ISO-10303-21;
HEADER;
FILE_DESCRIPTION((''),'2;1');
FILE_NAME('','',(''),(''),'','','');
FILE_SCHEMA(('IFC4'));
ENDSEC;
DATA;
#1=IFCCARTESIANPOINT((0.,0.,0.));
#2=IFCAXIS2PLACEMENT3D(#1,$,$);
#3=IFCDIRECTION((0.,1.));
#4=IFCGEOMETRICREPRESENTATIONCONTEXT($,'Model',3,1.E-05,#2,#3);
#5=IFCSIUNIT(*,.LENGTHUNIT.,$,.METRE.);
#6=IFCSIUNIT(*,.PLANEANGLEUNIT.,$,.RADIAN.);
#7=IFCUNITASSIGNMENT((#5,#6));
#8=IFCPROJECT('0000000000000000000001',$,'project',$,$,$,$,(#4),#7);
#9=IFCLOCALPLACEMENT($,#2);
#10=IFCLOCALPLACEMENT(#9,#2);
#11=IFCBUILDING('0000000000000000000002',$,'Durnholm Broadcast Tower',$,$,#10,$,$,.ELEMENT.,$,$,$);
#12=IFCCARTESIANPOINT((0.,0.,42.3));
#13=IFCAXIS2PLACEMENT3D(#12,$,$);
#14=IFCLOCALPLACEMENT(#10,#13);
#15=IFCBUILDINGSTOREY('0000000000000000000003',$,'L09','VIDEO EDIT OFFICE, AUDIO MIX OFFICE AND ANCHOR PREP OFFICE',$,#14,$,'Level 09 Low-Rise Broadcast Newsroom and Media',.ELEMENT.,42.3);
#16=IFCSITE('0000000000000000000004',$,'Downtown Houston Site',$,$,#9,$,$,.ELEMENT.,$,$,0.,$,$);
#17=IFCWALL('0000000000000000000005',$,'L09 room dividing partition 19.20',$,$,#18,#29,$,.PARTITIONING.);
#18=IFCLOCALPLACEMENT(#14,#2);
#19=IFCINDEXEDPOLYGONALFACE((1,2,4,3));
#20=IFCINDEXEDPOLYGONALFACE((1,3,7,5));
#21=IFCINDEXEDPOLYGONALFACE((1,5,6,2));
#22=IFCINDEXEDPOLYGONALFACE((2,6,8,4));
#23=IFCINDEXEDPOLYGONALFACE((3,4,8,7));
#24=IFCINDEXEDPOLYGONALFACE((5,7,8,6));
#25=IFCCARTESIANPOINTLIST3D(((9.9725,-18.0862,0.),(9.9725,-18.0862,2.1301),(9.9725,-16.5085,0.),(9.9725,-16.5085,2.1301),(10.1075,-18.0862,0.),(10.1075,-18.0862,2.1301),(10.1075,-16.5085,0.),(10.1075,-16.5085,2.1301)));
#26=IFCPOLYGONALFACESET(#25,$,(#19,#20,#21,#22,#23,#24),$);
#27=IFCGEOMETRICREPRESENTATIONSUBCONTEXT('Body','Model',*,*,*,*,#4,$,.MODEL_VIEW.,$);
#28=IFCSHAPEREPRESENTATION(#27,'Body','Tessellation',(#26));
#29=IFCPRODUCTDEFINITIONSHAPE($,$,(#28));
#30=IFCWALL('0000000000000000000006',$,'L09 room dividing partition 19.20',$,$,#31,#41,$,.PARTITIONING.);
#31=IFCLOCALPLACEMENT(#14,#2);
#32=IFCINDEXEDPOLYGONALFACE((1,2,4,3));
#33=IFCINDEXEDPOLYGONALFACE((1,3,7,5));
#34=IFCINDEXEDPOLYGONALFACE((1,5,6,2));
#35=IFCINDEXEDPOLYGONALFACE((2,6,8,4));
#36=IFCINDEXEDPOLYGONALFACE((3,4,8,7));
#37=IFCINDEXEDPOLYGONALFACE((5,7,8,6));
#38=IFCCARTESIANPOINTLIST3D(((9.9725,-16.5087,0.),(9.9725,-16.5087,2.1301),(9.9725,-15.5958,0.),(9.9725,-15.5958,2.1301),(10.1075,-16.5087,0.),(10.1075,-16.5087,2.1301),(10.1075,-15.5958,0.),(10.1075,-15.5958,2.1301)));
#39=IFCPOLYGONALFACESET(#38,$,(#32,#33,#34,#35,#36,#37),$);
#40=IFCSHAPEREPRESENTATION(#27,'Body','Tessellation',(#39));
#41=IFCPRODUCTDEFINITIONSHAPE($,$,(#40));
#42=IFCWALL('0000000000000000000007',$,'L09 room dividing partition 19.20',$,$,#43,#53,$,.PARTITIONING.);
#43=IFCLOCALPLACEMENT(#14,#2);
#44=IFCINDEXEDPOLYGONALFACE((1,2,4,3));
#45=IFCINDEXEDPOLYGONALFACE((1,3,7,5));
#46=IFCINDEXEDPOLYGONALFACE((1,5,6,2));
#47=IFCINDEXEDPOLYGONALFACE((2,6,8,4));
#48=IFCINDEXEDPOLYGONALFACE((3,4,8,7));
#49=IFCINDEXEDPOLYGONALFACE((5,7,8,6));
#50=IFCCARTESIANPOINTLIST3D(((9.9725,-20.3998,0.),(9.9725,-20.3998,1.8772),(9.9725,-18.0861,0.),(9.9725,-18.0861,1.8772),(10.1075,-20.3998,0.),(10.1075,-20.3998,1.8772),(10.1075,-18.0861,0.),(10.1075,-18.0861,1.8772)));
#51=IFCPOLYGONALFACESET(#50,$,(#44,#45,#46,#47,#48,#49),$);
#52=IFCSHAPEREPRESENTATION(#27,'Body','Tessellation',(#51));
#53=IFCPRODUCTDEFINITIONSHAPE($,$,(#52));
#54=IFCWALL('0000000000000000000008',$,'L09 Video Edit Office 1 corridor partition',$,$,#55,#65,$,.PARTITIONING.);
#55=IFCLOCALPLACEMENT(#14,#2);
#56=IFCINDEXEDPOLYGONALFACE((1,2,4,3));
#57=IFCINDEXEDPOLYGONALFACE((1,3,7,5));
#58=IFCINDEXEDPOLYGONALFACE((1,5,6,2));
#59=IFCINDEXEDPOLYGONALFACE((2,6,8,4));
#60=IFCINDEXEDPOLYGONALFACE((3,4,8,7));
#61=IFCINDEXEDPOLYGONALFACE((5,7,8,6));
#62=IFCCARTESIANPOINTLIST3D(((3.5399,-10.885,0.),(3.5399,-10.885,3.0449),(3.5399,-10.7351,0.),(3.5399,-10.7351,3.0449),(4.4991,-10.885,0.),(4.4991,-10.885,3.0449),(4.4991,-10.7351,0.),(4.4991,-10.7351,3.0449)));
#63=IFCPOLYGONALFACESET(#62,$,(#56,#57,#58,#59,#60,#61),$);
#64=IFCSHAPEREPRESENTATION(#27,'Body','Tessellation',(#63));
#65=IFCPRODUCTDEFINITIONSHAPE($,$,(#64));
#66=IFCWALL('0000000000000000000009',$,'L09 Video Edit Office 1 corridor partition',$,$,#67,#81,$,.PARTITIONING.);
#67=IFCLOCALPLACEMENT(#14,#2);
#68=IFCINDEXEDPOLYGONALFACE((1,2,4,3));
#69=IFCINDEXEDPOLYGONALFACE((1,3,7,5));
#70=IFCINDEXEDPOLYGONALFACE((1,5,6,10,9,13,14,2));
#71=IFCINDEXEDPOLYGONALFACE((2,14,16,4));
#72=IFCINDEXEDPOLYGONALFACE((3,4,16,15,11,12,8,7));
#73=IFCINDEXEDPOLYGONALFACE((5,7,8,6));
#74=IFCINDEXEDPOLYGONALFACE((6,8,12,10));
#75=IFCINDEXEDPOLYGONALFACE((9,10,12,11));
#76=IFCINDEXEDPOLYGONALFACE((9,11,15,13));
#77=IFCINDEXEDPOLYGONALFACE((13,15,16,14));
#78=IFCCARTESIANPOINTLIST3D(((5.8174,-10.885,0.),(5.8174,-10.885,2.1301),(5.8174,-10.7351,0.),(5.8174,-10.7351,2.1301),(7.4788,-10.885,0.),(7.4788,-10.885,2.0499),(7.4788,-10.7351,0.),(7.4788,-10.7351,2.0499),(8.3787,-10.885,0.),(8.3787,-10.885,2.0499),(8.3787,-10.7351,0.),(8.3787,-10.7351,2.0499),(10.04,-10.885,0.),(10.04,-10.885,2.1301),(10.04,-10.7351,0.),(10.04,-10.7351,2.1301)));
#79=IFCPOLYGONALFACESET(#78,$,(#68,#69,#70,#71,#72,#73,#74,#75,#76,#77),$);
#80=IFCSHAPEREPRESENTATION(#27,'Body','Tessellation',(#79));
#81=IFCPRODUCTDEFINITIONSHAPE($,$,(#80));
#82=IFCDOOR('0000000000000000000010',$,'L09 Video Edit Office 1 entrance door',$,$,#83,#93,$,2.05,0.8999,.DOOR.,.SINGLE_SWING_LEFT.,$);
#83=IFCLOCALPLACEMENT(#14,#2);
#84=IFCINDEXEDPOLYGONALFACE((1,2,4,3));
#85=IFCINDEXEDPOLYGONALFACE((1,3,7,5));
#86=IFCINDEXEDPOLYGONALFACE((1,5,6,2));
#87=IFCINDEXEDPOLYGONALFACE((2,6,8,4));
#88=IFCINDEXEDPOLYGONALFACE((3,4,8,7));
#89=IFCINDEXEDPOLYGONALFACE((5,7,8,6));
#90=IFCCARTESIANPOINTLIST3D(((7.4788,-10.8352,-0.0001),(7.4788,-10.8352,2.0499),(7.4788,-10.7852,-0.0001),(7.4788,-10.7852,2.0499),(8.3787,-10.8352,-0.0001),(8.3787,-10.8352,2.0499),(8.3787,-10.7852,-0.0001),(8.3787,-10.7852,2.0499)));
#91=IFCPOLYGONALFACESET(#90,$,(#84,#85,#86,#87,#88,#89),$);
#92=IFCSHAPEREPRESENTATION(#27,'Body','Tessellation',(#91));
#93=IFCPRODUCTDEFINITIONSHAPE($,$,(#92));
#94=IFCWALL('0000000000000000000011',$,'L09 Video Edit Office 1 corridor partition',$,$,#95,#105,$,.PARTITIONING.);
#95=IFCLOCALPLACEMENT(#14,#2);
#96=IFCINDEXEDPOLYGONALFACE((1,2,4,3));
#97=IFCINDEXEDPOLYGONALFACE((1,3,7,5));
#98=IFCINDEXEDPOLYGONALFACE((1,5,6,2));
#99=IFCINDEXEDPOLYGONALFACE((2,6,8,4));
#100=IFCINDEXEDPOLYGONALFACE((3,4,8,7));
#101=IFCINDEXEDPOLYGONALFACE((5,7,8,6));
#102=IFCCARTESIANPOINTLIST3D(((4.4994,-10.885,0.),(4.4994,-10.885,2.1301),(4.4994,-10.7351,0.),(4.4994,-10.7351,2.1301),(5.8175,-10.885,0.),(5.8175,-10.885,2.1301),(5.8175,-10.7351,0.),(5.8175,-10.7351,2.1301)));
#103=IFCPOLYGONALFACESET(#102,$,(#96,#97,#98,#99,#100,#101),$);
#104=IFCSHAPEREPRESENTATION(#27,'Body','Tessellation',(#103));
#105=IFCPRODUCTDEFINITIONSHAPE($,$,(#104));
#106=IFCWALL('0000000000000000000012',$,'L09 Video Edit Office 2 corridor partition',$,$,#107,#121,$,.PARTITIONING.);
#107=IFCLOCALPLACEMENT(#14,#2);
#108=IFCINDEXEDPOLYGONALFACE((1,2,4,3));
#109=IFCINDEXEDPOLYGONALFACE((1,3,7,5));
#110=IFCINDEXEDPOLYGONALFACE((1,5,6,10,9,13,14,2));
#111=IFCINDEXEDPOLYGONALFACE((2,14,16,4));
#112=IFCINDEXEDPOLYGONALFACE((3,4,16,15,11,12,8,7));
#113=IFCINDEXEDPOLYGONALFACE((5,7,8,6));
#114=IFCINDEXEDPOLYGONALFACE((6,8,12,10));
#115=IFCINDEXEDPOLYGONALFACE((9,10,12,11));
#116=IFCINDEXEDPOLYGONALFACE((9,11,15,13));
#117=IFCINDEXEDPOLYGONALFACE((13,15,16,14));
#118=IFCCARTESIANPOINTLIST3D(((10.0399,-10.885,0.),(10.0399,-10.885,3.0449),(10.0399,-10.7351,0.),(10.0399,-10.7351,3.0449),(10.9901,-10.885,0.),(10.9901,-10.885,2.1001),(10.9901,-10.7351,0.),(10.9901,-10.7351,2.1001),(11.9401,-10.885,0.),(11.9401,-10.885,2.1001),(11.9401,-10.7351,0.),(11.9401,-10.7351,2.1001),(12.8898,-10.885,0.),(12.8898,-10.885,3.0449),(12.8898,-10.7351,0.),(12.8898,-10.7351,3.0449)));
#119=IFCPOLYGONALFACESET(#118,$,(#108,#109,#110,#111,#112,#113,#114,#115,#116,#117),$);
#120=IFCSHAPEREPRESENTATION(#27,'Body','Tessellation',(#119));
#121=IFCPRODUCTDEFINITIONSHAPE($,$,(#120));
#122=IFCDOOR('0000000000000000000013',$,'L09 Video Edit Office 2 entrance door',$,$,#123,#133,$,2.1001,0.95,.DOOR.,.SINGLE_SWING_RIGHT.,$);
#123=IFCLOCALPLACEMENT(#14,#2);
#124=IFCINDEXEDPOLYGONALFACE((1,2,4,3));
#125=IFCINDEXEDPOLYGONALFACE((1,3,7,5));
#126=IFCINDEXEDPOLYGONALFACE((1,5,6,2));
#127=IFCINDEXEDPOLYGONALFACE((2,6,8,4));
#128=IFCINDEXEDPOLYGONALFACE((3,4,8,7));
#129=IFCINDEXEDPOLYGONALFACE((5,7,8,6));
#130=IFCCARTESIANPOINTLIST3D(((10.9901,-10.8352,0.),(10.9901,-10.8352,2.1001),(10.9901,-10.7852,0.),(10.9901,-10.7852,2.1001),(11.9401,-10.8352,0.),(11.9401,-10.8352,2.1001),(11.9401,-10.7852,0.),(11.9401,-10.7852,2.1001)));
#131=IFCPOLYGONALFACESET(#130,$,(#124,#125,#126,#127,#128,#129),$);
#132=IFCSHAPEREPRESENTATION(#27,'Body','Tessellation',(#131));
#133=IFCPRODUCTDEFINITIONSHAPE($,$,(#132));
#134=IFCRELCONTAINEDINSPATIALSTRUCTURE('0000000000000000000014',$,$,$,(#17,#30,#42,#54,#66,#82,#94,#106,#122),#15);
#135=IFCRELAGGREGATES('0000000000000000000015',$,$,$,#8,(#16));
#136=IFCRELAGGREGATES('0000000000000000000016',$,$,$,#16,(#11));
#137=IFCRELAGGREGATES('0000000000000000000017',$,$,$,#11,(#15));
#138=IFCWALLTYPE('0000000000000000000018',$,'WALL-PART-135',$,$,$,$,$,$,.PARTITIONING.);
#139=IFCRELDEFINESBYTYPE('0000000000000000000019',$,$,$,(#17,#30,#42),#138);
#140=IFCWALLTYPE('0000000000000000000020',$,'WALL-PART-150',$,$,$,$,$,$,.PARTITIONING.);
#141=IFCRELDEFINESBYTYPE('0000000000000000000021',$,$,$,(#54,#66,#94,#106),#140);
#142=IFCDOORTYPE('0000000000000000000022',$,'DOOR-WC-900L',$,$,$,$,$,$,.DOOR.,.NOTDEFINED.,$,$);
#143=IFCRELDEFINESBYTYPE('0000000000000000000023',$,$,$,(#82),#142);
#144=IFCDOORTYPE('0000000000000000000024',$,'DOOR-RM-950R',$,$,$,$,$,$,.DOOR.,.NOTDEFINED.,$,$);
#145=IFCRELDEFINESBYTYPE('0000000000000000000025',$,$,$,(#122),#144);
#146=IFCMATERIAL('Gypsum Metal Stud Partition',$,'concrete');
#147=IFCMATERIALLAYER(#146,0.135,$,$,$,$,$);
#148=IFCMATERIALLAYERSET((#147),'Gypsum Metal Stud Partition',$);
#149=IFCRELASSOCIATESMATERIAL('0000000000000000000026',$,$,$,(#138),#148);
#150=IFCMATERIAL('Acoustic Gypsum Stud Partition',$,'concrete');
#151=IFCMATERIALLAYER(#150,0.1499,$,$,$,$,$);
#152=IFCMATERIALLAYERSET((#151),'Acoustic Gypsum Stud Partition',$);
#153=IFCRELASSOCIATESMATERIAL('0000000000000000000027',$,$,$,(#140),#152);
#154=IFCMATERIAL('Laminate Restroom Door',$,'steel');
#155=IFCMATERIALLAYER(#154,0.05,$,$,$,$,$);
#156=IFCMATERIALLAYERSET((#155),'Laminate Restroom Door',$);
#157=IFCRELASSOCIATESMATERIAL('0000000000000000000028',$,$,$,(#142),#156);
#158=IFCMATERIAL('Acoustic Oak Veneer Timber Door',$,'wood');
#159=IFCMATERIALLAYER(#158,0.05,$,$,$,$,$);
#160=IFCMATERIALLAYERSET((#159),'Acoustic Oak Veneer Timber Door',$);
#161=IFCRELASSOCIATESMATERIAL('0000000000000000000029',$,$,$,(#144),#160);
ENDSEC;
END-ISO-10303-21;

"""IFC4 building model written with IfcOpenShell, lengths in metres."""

from ifc_helpers import new_model, si_unit, direction, frame, frame_2d, origin, place, context, subcontext, project, spatial, rectangle, extrude, source, transform, mapped, material, layer, layer_set, type_object, type_shapes, element, fill, save


model = new_model("IFC4")

# Units and contexts
model_context = context("Model", 3, precision=1e-05, world=origin(), true_north=direction((0.0, 1.0)))
body_context = subcontext(model_context, "Body", "Model", "MODEL_VIEW")
ifc_project = project(units=[si_unit("LENGTHUNIT", "METRE"), si_unit("PLANEANGLEUNIT", "RADIAN")], contexts=[model_context])

# Site, building, storey
site_placement = place(None, origin())
site = spatial("IfcSite", under=ifc_project, at=site_placement, Name="Downtown Houston Site", CompositionType="ELEMENT", RefElevation=0.0)
building_placement = place(site_placement, origin())
building = spatial("IfcBuilding", under=site, at=building_placement, Name="Durnholm Broadcast Tower", CompositionType="ELEMENT")
storey_placement = place(building_placement, frame((0.0, 0.0, 42.3)))
storey = spatial("IfcBuildingStorey", under=building, at=storey_placement, Name="L09", Description="VIDEO EDIT OFFICE, AUDIO MIX OFFICE AND ANCHOR PREP OFFICE", LongName="Level 09 Low-Rise Broadcast Newsroom and Media", CompositionType="ELEMENT", Elevation=42.3)

# Walls
ifc_material_1 = material(Name="Gypsum Metal Stud Partition", Category="concrete")
ifc_layer_1 = layer(ifc_material_1, 0.135)
ifc_layer_set_1 = layer_set([ifc_layer_1], Name="Gypsum Metal Stud Partition")
wall_type_1 = type_object("IfcWallType", Name="WALL-PART-135", PredefinedType="PARTITIONING", material=ifc_layer_set_1)
wall_1_placement = place(storey_placement, frame((10.04, -16.5085, 0.0), z_axis=(0.0, 0.0, 1.0), x_axis=(0.0, -1.0, 0.0)))
element("IfcWall", 1, at=wall_1_placement, inside=storey, type_object=wall_type_1, Name="L09 room dividing partition 19.20", PredefinedType="PARTITIONING", context=body_context, shape_type="SweptSolid", body=[
    extrude(rectangle(XDim=1.5776, YDim=0.135, at=frame_2d((0.7888, 0.0))), origin(), (0.0, 0.0, 1.0), 2.1301),
])
wall_2_placement = place(storey_placement, frame((10.04, -15.5957, 0.0), z_axis=(0.0, 0.0, 1.0), x_axis=(0.0, -1.0, 0.0)))
element("IfcWall", 2, at=wall_2_placement, inside=storey, type_object=wall_type_1, Name="L09 room dividing partition 19.20", PredefinedType="PARTITIONING", context=body_context, shape_type="SweptSolid", body=[
    extrude(rectangle(XDim=0.9128, YDim=0.135, at=frame_2d((0.4565, 0.0))), origin(), (0.0, 0.0, 1.0), 2.1301),
])
wall_3_placement = place(storey_placement, frame((10.04, -18.0862, 0.0), z_axis=(0.0, 0.0, 1.0), x_axis=(0.0, -1.0, 0.0)))
element("IfcWall", 3, at=wall_3_placement, inside=storey, type_object=wall_type_1, Name="L09 room dividing partition 19.20", PredefinedType="PARTITIONING", context=body_context, shape_type="SweptSolid", body=[
    extrude(rectangle(XDim=2.3137, YDim=0.135, at=frame_2d((1.1567, 0.0))), origin(), (0.0, 0.0, 1.0), 1.8772),
])
ifc_material_2 = material(Name="Acoustic Gypsum Stud Partition", Category="concrete")
ifc_layer_2 = layer(ifc_material_2, 0.1499)
ifc_layer_set_2 = layer_set([ifc_layer_2], Name="Acoustic Gypsum Stud Partition")
wall_type_2 = type_object("IfcWallType", Name="WALL-PART-150", PredefinedType="PARTITIONING", material=ifc_layer_set_2)
wall_4_placement = place(storey_placement, frame((3.54, -10.8101, 0.0), z_axis=(0.0, 0.0, 1.0), x_axis=(1.0, 0.0, 0.0)))
element("IfcWall", 4, at=wall_4_placement, inside=storey, type_object=wall_type_2, Name="L09 Video Edit Office 1 corridor partition", PredefinedType="PARTITIONING", context=body_context, shape_type="SweptSolid", body=[
    extrude(rectangle(XDim=0.9592, YDim=0.1499, at=frame_2d((0.4795, 0.0))), origin(), (0.0, 0.0, 1.0), 3.0449),
])

# Wall, opening, door
wall_5_placement = place(storey_placement, frame((5.8174, -10.8101, 0.0), z_axis=(0.0, 0.0, 1.0), x_axis=(1.0, 0.0, 0.0)))
wall_5 = element("IfcWall", 5, at=wall_5_placement, inside=storey, type_object=wall_type_2, Name="L09 Video Edit Office 1 corridor partition", PredefinedType="PARTITIONING", context=body_context, shape_type="SweptSolid", body=[
    extrude(rectangle(XDim=4.2227, YDim=0.1499, at=frame_2d((2.1113, 0.0))), origin(), (0.0, 0.0, 1.0), 2.1301),
])
opening_1_placement = place(wall_5_placement, frame((1.6614, 0.0, 0.0)))
opening_1 = element("IfcOpeningElement", 6, at=opening_1_placement, cuts=wall_5, PredefinedType="OPENING", context=body_context, shape_type="SweptSolid", body=[
    extrude(rectangle(XDim=0.8999, YDim=2.05, at=frame_2d((0.45, 1.0249))), frame((0.0, 0.085, 0.0), z_axis=(0.0, -1.0, 0.0), x_axis=(1.0, 0.0, 0.0)), (0.0, 0.0, 1.0), 0.1699),
])
ifc_material_3 = material(Name="Laminate Restroom Door", Category="steel")
ifc_layer_3 = layer(ifc_material_3, 0.05)
ifc_layer_set_3 = layer_set([ifc_layer_3], Name="Laminate Restroom Door")
door_type_1 = type_object("IfcDoorType", Name="DOOR-WC-900L", OperationType="NOTDEFINED", PredefinedType="DOOR", material=ifc_layer_set_3)
shared_shape_1 = source(origin(), body_context, "Body", "SweptSolid", [
    extrude(rectangle(XDim=0.8999, YDim=2.05, at=frame_2d((0.45, 1.0249))), frame((0.0, 0.0249, 0.0), z_axis=(0.0, -1.0, 0.0), x_axis=(1.0, 0.0, 0.0)), (0.0, 0.0, 1.0), 0.05),
])
type_shapes(door_type_1, [shared_shape_1])
door_1_placement = place(opening_1_placement, origin())
door_1 = element("IfcDoor", 7, at=door_1_placement, inside=storey, type_object=door_type_1, Name="L09 Video Edit Office 1 entrance door", OperationType="SINGLE_SWING_LEFT", OverallHeight=2.05, OverallWidth=0.8999, PredefinedType="DOOR", context=body_context, shape_type="MappedRepresentation", body=[
    mapped(shared_shape_1, transform((0.0, 0.0, 0.0), x_axis=(1.0, 0.0, 0.0), y_axis=(0.0, 1.0, 0.0), z_axis=(0.0, 0.0, 1.0), scale=1.0)),
])
fill(opening_1, door_1)

# Wall
wall_6_placement = place(storey_placement, frame((4.4993, -10.8101, 0.0), z_axis=(0.0, 0.0, 1.0), x_axis=(1.0, 0.0, 0.0)))
element("IfcWall", 8, at=wall_6_placement, inside=storey, type_object=wall_type_2, Name="L09 Video Edit Office 1 corridor partition", PredefinedType="PARTITIONING", context=body_context, shape_type="SweptSolid", body=[
    extrude(rectangle(XDim=1.3181, YDim=0.1499, at=frame_2d((0.6592, 0.0))), origin(), (0.0, 0.0, 1.0), 2.1301),
])

# Wall, opening, door
wall_7_placement = place(storey_placement, frame((10.04, -10.8101, 0.0), z_axis=(0.0, 0.0, 1.0), x_axis=(1.0, 0.0, 0.0)))
wall_7 = element("IfcWall", 9, at=wall_7_placement, inside=storey, type_object=wall_type_2, Name="L09 Video Edit Office 2 corridor partition", PredefinedType="PARTITIONING", context=body_context, shape_type="SweptSolid", body=[
    extrude(rectangle(XDim=2.8499, YDim=0.1499, at=frame_2d((1.4248, 0.0))), origin(), (0.0, 0.0, 1.0), 3.0449),
])
opening_2_placement = place(wall_7_placement, frame((0.95, 0.0, 0.0)))
opening_2 = element("IfcOpeningElement", 10, at=opening_2_placement, cuts=wall_7, PredefinedType="OPENING", context=body_context, shape_type="SweptSolid", body=[
    extrude(rectangle(XDim=0.95, YDim=2.1001, at=frame_2d((0.4751, 1.05))), frame((0.0, 0.085, 0.0), z_axis=(0.0, -1.0, 0.0), x_axis=(1.0, 0.0, 0.0)), (0.0, 0.0, 1.0), 0.1699),
])
ifc_material_4 = material(Name="Acoustic Oak Veneer Timber Door", Category="wood")
ifc_layer_4 = layer(ifc_material_4, 0.05)
ifc_layer_set_4 = layer_set([ifc_layer_4], Name="Acoustic Oak Veneer Timber Door")
door_type_2 = type_object("IfcDoorType", Name="DOOR-RM-950R", OperationType="NOTDEFINED", PredefinedType="DOOR", material=ifc_layer_set_4)
shared_shape_2 = source(origin(), body_context, "Body", "SweptSolid", [
    extrude(rectangle(XDim=0.95, YDim=2.1001, at=frame_2d((0.4751, 1.05))), frame((0.0, 0.0249, 0.0), z_axis=(0.0, -1.0, 0.0), x_axis=(1.0, 0.0, 0.0)), (0.0, 0.0, 1.0), 0.05),
])
type_shapes(door_type_2, [shared_shape_2])
door_2_placement = place(opening_2_placement, origin())
door_2 = element("IfcDoor", 11, at=door_2_placement, inside=storey, type_object=door_type_2, Name="L09 Video Edit Office 2 entrance door", OperationType="SINGLE_SWING_RIGHT", OverallHeight=2.1001, OverallWidth=0.95, PredefinedType="DOOR", context=body_context, shape_type="MappedRepresentation", body=[
    mapped(shared_shape_2, transform((0.0, 0.0, 0.0), x_axis=(1.0, 0.0, 0.0), y_axis=(0.0, 1.0, 0.0), z_axis=(0.0, 0.0, 1.0), scale=1.0)),
])
fill(opening_2, door_2)

save(model, "model.ifc")
